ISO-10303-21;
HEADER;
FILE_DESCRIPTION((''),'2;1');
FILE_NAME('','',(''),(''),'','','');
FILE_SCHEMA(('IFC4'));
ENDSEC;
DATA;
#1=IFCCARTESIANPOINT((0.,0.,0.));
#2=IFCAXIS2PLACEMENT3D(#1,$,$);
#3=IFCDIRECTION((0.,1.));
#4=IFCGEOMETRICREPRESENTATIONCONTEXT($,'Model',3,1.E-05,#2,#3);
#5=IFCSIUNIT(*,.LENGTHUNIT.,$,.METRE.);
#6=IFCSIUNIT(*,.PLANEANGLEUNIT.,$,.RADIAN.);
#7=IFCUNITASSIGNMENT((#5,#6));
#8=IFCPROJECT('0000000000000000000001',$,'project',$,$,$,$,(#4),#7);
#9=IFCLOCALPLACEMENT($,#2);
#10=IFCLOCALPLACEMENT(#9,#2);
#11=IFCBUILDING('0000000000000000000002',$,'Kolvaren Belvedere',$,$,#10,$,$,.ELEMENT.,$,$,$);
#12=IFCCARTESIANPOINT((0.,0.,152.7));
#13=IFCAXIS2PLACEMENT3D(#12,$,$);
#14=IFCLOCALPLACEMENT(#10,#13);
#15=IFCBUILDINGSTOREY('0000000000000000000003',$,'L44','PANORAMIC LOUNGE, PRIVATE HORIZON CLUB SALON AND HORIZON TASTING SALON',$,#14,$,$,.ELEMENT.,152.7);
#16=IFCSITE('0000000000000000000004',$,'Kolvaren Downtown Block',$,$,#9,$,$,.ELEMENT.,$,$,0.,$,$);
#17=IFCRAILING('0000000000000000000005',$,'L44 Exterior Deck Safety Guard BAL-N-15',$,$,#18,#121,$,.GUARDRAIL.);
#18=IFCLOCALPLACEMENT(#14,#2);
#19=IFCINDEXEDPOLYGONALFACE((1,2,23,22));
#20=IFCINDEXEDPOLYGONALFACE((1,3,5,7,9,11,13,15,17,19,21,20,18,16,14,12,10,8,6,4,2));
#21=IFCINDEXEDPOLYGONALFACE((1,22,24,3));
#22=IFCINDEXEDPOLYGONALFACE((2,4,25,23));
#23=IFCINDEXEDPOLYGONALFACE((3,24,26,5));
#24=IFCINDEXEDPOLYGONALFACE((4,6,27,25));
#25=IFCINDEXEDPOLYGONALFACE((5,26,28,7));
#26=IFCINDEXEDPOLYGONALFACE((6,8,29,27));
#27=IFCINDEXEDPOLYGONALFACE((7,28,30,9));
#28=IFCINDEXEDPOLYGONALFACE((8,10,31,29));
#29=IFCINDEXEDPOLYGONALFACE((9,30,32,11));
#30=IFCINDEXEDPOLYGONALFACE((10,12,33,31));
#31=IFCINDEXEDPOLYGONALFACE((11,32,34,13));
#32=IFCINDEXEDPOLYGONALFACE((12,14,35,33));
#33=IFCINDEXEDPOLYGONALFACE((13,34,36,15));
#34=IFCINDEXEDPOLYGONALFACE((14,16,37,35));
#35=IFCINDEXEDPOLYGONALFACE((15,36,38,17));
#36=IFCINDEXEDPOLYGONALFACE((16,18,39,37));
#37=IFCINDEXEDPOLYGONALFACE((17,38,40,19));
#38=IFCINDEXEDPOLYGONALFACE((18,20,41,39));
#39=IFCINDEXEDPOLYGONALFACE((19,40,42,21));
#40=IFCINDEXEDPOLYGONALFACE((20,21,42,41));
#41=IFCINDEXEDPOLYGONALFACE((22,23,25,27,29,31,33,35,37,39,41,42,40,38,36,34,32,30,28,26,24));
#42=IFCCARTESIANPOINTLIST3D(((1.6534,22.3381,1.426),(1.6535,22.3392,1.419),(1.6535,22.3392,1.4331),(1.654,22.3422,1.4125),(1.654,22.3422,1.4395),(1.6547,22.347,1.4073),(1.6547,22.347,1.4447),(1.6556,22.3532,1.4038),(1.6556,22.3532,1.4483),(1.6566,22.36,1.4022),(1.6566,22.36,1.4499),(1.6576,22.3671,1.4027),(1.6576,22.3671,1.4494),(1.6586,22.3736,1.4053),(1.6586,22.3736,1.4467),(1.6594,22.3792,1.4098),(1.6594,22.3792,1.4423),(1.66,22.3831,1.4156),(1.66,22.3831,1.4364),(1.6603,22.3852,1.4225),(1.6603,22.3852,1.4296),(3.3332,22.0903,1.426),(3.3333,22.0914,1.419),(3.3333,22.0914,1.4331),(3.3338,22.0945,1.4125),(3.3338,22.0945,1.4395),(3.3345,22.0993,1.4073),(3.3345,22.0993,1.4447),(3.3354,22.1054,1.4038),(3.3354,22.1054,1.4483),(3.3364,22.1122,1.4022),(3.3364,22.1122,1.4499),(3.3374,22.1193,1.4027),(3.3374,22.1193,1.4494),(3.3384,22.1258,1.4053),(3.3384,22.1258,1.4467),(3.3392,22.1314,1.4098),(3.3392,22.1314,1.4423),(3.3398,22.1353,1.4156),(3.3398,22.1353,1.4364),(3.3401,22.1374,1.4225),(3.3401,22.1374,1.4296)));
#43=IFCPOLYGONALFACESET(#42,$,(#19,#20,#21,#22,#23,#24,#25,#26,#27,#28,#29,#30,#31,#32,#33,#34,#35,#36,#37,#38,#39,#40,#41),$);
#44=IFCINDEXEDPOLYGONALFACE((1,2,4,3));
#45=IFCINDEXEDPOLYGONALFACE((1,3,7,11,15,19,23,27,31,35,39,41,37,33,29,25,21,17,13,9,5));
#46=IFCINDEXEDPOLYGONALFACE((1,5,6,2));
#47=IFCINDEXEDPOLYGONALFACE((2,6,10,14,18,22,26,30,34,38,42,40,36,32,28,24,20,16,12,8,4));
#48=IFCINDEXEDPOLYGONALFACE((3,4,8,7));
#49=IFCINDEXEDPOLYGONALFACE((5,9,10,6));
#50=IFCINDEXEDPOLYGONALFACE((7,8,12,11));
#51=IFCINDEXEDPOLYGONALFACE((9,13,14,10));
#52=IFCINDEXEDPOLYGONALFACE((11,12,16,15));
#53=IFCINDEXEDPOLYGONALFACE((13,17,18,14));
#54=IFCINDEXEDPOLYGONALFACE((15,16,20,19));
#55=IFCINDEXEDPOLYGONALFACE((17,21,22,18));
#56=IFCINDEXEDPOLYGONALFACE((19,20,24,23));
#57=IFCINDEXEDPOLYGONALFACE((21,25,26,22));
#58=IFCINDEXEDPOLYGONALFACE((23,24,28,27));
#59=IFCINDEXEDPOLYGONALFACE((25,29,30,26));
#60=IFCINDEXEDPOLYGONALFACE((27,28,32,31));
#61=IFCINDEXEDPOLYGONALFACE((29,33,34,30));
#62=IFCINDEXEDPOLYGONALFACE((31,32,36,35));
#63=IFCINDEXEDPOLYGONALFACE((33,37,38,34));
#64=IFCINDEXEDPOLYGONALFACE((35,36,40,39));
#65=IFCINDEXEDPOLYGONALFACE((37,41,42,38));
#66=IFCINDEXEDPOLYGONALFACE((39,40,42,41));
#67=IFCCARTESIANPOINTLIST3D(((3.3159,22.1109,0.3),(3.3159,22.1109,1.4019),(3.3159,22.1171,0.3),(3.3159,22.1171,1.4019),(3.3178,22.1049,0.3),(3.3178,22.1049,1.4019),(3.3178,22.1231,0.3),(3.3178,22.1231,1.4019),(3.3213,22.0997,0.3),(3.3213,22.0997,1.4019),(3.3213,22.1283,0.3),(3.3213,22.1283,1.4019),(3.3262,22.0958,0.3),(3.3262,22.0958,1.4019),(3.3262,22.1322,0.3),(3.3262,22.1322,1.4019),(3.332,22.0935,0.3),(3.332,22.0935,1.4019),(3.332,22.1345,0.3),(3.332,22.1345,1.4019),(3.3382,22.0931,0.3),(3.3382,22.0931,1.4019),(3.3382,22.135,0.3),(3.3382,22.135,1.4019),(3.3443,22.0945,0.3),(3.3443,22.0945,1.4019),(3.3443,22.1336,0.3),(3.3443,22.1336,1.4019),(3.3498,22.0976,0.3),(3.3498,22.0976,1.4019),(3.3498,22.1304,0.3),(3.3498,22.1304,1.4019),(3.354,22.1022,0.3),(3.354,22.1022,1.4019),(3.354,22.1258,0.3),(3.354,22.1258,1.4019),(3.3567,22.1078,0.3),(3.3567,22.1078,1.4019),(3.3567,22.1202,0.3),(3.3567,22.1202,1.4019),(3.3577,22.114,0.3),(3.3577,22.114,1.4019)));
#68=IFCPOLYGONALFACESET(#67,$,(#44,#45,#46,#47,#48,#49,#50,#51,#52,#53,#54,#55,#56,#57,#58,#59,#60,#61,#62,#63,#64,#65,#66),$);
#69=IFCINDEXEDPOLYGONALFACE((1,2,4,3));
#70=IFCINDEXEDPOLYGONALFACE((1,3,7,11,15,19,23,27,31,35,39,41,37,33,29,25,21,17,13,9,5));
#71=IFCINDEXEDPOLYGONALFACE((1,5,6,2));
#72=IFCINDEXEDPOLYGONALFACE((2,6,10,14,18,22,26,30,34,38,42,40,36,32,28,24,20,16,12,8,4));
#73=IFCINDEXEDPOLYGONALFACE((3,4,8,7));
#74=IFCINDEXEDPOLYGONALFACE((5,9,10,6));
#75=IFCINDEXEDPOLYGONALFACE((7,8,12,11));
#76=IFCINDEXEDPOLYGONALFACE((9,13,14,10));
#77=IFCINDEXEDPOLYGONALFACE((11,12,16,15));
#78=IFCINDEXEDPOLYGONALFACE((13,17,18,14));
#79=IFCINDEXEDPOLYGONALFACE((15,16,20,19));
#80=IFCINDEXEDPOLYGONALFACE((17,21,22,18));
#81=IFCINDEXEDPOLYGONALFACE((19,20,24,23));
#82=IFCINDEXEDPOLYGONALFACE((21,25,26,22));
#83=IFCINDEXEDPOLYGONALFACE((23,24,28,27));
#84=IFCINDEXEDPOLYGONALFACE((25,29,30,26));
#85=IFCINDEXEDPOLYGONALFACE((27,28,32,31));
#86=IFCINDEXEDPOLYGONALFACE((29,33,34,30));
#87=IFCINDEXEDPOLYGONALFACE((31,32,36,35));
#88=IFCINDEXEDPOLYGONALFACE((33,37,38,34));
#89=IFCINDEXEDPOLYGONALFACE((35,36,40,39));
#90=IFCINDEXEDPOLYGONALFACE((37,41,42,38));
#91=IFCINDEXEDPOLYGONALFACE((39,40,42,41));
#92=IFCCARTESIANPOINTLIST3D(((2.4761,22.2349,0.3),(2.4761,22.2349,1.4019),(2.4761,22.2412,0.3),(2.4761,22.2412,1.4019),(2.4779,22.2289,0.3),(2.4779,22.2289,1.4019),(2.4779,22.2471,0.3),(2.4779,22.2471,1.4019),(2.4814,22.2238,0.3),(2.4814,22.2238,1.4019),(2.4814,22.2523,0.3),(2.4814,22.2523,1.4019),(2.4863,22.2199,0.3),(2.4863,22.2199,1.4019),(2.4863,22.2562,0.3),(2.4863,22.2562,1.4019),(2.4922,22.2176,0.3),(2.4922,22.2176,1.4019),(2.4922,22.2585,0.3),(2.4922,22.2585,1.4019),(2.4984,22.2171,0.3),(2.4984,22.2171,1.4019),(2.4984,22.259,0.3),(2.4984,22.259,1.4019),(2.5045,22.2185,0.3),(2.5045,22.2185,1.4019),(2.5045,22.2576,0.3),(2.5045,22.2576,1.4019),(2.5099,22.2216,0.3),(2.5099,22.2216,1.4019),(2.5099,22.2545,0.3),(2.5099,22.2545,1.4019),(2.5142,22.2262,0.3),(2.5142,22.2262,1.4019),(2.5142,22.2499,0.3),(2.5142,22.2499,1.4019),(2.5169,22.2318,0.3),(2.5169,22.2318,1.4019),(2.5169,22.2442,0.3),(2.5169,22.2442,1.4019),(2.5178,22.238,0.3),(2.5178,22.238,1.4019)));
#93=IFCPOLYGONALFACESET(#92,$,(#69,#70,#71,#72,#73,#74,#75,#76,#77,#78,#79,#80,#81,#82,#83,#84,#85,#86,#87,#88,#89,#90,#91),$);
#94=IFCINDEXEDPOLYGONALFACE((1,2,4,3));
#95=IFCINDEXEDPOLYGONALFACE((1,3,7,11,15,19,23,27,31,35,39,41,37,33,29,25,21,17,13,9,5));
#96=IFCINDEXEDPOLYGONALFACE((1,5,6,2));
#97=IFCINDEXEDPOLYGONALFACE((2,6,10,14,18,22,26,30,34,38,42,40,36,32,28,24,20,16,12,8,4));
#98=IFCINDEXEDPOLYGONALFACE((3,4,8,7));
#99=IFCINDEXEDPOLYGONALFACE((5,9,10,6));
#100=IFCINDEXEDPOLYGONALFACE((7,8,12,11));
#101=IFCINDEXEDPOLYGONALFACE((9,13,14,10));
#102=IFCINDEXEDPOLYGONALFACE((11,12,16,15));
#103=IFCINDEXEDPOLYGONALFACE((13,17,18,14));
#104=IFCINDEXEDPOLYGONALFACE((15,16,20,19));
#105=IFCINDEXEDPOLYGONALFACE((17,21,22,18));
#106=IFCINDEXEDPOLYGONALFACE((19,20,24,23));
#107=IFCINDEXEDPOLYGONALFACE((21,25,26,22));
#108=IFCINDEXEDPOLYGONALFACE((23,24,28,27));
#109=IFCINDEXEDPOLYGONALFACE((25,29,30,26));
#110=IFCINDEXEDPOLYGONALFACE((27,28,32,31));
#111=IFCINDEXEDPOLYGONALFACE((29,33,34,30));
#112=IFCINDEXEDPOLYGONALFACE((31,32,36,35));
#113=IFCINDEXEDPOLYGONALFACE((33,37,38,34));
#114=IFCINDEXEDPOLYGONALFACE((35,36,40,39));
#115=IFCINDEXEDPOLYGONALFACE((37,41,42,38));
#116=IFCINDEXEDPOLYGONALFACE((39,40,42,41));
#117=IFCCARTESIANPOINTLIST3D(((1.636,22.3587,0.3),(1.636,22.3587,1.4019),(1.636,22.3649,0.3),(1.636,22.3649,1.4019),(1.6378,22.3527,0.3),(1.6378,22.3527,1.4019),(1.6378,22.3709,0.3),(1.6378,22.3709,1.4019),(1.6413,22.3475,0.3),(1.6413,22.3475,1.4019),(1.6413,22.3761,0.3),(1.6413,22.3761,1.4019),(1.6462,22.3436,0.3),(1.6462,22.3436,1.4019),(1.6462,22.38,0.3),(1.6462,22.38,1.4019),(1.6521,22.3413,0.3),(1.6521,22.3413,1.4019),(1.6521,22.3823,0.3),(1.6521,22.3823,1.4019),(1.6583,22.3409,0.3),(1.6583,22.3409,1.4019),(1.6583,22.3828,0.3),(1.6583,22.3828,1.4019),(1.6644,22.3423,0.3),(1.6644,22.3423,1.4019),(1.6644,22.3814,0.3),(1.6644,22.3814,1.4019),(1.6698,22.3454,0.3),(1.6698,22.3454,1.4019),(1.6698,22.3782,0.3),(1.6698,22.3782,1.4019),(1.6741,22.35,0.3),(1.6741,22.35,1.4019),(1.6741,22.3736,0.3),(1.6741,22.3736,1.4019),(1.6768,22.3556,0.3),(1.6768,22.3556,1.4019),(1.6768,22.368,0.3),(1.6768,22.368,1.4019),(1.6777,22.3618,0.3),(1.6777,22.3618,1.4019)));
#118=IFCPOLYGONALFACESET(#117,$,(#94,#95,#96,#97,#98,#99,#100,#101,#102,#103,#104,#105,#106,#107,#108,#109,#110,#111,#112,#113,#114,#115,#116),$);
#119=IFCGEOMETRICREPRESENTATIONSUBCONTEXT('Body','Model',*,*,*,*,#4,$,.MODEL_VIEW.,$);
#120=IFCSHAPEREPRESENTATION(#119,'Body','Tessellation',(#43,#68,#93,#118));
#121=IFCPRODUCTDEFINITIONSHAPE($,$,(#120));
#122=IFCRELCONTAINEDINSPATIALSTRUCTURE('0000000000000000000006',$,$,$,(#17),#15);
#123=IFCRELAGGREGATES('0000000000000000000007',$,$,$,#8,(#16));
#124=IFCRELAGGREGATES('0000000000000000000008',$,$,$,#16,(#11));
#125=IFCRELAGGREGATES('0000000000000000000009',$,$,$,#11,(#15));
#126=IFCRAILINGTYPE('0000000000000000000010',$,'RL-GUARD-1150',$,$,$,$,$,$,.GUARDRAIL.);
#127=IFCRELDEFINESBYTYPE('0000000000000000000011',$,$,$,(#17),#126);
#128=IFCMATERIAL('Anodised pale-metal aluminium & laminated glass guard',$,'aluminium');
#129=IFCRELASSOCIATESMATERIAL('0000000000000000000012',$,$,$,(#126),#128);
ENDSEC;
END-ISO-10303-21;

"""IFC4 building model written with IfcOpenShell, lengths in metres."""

from ifc_helpers import new_model, si_unit, direction, frame, origin, origin_2d, place, context, subcontext, project, spatial, circle, extrude, material, type_object, element, save


model = new_model("IFC4")

# Units and contexts
model_context = context("Model", 3, precision=1e-05, world=origin(), true_north=direction((0.0, 1.0)))
body_context = subcontext(model_context, "Body", "Model", "MODEL_VIEW")
ifc_project = project(units=[si_unit("LENGTHUNIT", "METRE"), si_unit("PLANEANGLEUNIT", "RADIAN")], contexts=[model_context])

# Site, building, storey
site_placement = place(None, origin())
site = spatial("IfcSite", under=ifc_project, at=site_placement, Name="Kolvaren Downtown Block", CompositionType="ELEMENT", RefElevation=0.0)
building_placement = place(site_placement, origin())
building = spatial("IfcBuilding", under=site, at=building_placement, Name="Kolvaren Belvedere", CompositionType="ELEMENT")
storey_placement = place(building_placement, frame((0.0, 0.0, 152.7)))
storey = spatial("IfcBuildingStorey", under=building, at=storey_placement, Name="L44", Description="PANORAMIC LOUNGE, PRIVATE HORIZON CLUB SALON AND HORIZON TASTING SALON", CompositionType="ELEMENT", Elevation=152.7)

# Railing
ifc_material_1 = material(Name="Anodised pale-metal aluminium & laminated glass guard", Category="aluminium")
railing_type = type_object("IfcRailingType", Name="RL-GUARD-1150", PredefinedType="GUARDRAIL", material=ifc_material_1)
railing_1_placement = place(storey_placement, frame((3.3367, 22.114, 0.3)))
element("IfcRailing", 1, at=railing_1_placement, inside=storey, type_object=railing_type, Name="L44 Exterior Deck Safety Guard BAL-N-15", PredefinedType="GUARDRAIL", context=body_context, shape_type="SweptSolid", body=[
    extrude(circle(Radius=0.0239, at=origin_2d()), frame((0.0, 0.0, 1.126), z_axis=(-0.989295, 0.145929, 0.0), x_axis=(-0.145929, -0.989295, 0.0)), (0.0, 0.0, 1.0), 1.698),
    extrude(circle(Radius=0.021, at=origin_2d()), origin(), (0.0, 0.0, 1.0), 1.1018),
    extrude(circle(Radius=0.021, at=origin_2d()), frame((-0.8398, 0.124, 0.0)), (0.0, 0.0, 1.0), 1.1018),
    extrude(circle(Radius=0.021, at=origin_2d()), frame((-1.6799, 0.2478, 0.0)), (0.0, 0.0, 1.0), 1.1018),
])

save(model, "model.ifc")
